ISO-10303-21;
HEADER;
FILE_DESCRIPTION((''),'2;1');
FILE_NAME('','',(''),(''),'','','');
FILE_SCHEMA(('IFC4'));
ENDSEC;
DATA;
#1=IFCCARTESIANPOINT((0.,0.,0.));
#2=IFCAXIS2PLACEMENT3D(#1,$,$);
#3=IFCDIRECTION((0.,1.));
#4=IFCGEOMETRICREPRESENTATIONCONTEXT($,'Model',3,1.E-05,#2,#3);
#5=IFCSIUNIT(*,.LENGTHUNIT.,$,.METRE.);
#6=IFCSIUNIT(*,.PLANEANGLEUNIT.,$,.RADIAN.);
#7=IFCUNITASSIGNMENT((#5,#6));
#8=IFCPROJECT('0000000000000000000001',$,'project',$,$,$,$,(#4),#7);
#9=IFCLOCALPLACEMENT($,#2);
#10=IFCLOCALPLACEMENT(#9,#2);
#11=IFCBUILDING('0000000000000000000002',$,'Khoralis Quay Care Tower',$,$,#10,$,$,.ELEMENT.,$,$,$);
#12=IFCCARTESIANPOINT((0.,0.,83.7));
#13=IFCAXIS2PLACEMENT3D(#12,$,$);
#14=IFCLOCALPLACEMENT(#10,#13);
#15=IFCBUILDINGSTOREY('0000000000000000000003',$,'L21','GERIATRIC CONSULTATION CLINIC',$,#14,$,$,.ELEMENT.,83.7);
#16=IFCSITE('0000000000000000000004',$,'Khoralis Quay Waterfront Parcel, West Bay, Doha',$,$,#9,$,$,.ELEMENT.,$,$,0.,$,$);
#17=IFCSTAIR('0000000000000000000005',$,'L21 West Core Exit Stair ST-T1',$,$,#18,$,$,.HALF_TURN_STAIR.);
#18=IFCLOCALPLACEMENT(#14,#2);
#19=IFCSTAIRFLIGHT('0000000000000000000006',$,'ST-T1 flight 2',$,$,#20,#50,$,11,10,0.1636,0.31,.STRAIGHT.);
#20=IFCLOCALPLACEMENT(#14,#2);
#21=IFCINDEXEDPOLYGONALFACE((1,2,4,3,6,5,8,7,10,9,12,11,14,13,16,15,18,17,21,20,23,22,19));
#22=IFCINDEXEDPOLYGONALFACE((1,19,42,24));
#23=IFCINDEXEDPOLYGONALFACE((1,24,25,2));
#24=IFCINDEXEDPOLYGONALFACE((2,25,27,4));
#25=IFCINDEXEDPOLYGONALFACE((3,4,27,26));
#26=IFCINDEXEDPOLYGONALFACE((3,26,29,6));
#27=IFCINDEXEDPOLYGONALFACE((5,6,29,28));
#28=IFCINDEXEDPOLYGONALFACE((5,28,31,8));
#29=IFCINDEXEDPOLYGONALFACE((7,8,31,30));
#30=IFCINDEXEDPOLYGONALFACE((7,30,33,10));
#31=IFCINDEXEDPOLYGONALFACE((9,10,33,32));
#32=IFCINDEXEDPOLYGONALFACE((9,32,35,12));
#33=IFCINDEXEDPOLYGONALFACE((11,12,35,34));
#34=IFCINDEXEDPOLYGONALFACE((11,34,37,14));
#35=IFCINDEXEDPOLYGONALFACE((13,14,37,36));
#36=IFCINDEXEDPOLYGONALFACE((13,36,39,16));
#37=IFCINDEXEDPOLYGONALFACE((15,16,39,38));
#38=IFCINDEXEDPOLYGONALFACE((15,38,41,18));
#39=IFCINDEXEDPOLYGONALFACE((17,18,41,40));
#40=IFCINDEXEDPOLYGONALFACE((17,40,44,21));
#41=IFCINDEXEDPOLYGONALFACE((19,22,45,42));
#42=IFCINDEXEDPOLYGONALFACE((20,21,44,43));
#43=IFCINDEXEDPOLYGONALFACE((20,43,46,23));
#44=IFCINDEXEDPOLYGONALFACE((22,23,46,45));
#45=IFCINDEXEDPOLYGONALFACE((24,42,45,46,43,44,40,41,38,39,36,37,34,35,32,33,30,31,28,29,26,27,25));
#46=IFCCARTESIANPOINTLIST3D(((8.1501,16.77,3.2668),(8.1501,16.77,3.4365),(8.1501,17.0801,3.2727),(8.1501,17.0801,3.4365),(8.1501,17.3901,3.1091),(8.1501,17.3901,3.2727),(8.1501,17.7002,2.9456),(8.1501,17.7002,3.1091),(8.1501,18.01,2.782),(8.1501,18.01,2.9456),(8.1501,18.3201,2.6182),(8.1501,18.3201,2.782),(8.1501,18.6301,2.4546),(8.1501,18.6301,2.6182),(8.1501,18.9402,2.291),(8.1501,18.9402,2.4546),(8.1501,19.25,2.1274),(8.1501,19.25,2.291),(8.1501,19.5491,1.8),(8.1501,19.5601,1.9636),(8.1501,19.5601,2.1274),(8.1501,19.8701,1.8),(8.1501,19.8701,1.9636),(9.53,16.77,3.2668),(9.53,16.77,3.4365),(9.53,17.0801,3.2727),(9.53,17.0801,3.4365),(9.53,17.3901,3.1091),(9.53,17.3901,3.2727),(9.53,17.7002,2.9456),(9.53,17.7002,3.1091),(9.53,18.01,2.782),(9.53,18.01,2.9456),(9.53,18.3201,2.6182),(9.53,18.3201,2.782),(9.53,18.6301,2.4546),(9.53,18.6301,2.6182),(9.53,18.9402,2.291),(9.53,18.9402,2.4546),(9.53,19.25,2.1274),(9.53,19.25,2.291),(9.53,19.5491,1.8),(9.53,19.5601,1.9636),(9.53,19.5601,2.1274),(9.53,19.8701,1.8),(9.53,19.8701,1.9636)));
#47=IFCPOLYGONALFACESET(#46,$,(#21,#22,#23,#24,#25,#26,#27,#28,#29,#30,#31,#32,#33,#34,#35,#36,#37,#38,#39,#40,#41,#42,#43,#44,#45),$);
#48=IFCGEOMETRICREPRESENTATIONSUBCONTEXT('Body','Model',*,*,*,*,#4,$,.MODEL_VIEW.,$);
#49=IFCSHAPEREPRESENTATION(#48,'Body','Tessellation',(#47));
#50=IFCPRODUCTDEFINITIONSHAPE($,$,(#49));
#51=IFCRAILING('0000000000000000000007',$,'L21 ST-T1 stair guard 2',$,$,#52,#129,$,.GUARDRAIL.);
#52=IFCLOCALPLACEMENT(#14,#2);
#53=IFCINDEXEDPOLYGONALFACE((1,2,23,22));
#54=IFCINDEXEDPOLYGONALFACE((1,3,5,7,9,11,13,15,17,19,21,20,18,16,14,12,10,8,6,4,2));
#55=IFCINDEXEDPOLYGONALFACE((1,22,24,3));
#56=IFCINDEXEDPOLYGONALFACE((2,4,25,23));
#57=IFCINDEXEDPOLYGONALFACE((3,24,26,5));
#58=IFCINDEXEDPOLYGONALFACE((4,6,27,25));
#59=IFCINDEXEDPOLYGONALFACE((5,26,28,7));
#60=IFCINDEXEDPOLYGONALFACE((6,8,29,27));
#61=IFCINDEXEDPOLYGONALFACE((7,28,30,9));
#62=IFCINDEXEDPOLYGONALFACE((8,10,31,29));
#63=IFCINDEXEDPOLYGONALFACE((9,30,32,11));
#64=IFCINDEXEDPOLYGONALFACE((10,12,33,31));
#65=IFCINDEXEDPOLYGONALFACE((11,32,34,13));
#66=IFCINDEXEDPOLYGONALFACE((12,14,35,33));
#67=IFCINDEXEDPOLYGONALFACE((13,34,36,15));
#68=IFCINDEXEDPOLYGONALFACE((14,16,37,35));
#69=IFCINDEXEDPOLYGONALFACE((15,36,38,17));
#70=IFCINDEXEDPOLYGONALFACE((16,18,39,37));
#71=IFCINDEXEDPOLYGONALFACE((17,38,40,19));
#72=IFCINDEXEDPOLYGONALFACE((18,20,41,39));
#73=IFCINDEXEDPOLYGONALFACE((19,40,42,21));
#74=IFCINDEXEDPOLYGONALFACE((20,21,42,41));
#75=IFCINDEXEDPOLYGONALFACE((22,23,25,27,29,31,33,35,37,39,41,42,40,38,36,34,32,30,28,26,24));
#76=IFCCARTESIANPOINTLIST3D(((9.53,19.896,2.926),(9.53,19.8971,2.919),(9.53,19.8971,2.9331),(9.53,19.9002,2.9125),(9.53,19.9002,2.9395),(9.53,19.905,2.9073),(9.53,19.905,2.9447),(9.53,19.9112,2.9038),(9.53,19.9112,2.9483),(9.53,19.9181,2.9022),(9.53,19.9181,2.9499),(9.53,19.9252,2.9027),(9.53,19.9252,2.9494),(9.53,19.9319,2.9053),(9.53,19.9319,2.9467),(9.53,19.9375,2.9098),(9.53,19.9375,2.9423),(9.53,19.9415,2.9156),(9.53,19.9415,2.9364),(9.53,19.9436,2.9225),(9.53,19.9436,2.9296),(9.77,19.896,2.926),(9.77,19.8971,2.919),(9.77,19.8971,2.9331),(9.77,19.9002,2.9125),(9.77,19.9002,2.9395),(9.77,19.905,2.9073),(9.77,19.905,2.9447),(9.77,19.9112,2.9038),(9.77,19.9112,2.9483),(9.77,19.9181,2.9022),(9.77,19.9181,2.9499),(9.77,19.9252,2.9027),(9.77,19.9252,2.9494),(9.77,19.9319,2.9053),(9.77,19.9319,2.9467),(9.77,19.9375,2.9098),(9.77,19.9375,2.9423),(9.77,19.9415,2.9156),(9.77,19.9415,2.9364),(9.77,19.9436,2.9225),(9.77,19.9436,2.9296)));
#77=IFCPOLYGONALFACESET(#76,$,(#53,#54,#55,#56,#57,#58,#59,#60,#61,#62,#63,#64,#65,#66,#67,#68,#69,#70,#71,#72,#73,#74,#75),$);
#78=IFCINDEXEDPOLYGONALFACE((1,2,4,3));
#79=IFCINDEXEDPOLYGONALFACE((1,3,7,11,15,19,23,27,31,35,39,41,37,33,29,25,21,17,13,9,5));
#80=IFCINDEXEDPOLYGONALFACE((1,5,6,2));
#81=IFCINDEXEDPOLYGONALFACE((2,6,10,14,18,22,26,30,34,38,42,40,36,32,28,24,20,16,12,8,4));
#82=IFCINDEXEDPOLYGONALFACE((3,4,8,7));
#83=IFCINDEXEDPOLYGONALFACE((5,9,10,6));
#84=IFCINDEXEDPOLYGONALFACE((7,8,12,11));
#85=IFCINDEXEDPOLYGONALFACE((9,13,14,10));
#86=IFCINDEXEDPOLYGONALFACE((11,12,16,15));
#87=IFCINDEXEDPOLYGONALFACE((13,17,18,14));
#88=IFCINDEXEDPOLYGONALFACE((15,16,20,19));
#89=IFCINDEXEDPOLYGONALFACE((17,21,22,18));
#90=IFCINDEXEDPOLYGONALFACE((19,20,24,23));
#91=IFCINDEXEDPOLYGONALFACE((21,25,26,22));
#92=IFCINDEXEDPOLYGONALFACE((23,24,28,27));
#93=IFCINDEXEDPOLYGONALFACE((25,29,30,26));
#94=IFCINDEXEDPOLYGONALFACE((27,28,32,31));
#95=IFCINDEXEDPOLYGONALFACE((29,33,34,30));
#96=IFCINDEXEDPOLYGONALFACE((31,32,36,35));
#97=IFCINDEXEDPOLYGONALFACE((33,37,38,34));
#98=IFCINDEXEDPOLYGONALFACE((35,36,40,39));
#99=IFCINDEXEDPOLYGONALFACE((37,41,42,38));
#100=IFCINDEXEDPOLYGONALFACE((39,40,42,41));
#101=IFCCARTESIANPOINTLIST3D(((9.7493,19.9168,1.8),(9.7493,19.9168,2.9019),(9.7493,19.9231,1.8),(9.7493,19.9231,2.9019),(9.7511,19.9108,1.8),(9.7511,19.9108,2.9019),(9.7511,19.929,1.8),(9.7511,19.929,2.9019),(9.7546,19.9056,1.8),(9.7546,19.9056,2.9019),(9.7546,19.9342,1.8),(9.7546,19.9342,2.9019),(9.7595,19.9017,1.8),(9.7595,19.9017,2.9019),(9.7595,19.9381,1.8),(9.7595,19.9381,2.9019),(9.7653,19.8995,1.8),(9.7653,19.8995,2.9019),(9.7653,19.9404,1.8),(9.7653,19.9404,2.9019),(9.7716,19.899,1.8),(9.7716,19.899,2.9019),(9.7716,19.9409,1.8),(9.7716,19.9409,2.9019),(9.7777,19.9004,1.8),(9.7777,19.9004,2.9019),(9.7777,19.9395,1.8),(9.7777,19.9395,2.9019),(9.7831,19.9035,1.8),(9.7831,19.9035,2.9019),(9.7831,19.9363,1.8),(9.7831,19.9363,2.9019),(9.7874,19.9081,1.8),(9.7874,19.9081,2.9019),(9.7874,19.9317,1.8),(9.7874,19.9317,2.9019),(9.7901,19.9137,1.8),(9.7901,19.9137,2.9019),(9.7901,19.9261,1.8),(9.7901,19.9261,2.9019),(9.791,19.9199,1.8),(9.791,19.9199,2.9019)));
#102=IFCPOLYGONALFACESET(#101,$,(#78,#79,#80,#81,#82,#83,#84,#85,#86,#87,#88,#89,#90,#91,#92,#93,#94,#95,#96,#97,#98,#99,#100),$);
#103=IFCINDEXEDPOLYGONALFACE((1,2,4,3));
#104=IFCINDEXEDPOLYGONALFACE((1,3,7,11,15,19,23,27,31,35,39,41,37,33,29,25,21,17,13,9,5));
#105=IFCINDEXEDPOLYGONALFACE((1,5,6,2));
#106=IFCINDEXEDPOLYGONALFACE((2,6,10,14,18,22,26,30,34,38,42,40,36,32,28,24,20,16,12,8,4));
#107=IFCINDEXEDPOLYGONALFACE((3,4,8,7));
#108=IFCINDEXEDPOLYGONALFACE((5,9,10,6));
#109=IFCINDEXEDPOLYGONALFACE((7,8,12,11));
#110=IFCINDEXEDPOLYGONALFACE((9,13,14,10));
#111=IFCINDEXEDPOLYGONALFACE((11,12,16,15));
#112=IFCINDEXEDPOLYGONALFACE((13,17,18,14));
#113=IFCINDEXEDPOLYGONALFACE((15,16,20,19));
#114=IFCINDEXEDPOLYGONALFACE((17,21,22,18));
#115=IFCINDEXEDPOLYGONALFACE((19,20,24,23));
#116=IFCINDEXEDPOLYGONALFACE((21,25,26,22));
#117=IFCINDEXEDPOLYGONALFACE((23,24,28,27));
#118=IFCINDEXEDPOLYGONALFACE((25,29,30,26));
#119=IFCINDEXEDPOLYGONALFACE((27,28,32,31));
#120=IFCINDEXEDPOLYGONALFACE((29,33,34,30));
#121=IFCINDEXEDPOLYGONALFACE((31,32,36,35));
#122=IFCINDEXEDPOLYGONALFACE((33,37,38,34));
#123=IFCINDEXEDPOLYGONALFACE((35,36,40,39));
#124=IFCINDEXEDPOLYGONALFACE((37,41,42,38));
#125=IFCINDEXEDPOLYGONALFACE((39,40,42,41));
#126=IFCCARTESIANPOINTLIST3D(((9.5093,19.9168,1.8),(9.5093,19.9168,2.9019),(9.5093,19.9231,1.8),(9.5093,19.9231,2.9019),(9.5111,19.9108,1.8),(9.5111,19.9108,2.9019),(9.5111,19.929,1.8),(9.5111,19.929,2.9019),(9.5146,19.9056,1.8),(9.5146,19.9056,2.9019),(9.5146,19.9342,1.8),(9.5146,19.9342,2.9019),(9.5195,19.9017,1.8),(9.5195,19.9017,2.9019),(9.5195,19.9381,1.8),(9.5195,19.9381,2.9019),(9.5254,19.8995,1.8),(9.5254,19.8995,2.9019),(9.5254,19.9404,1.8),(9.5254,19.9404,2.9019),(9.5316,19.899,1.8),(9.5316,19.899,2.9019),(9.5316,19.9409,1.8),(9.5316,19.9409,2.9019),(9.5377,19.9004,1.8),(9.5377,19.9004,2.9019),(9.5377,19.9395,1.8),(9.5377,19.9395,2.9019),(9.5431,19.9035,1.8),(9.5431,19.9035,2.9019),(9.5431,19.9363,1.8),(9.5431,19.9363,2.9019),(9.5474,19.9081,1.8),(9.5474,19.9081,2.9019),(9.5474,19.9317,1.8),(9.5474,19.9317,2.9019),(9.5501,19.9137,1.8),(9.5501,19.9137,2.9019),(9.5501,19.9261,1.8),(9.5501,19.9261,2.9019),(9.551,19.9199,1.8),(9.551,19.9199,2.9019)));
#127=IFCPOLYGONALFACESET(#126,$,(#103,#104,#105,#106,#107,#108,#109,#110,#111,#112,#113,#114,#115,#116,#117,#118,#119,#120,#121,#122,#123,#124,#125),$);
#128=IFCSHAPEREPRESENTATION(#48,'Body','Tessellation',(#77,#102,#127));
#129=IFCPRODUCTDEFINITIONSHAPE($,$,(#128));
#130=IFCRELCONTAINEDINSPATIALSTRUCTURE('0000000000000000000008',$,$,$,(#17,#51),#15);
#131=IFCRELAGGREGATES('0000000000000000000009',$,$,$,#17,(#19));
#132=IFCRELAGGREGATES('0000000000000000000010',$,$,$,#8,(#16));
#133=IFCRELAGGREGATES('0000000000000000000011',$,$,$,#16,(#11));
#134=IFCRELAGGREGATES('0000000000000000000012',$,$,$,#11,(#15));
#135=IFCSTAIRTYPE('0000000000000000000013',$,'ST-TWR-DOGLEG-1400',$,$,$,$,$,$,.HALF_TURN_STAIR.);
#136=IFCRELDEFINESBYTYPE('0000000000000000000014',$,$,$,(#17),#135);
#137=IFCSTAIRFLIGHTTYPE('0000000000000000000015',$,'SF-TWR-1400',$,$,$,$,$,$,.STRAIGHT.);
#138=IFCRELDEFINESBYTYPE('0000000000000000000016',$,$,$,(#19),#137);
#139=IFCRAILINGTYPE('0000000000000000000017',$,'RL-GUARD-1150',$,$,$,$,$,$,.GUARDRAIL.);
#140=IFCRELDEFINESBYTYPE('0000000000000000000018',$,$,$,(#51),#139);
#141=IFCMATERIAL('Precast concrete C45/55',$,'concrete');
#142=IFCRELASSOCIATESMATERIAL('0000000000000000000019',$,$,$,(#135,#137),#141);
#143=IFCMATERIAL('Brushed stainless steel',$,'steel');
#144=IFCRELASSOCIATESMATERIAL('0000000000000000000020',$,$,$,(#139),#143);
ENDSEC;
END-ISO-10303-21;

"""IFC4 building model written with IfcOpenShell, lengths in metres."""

from ifc_helpers import new_model, si_unit, direction, frame, origin, origin_2d, place, context, subcontext, project, spatial, polyline, circle, outline, extrude, source, transform, mapped, material, type_object, element, aggregate, save


model = new_model("IFC4")

# Units and contexts
model_context = context("Model", 3, precision=1e-05, world=origin(), true_north=direction((0.0, 1.0)))
body_context = subcontext(model_context, "Body", "Model", "MODEL_VIEW")
ifc_project = project(units=[si_unit("LENGTHUNIT", "METRE"), si_unit("PLANEANGLEUNIT", "RADIAN")], contexts=[model_context])

# Site, building, storey
site_placement = place(None, origin())
site = spatial("IfcSite", under=ifc_project, at=site_placement, Name="Khoralis Quay Waterfront Parcel, West Bay, Doha", CompositionType="ELEMENT", RefElevation=0.0)
building_placement = place(site_placement, origin())
building = spatial("IfcBuilding", under=site, at=building_placement, Name="Khoralis Quay Care Tower", CompositionType="ELEMENT")
storey_placement = place(building_placement, frame((0.0, 0.0, 83.7)))
storey = spatial("IfcBuildingStorey", under=building, at=storey_placement, Name="L21", Description="GERIATRIC CONSULTATION CLINIC", CompositionType="ELEMENT", Elevation=83.7)

# Shared definitions
ifc_material_1 = material(Name="Brushed stainless steel", Category="steel")

# Stair, stair flight
ifc_material_2 = material(Name="Precast concrete C45/55", Category="concrete")
stair_type = type_object("IfcStairType", Name="ST-TWR-DOGLEG-1400", PredefinedType="HALF_TURN_STAIR", material=ifc_material_2)
stair_placement = place(storey_placement, origin())
stair = element("IfcStair", 1, at=stair_placement, inside=storey, type_object=stair_type, Name="L21 West Core Exit Stair ST-T1", PredefinedType="HALF_TURN_STAIR")
stair_flight_type = type_object("IfcStairFlightType", Name="SF-TWR-1400", PredefinedType="STRAIGHT", material=ifc_material_2)
shared_shape_1 = source(origin(), body_context, "Body", "SweptSolid", [
    extrude(outline(polyline([(0.0, 0.0), (0.0, 0.1636), (0.3101, 0.1636), (0.3101, 0.3274), (0.6201, 0.3274), (0.6201, 0.491), (0.9299, 0.491), (0.9299, 0.6545), (1.24, 0.6545), (1.24, 0.8181), (1.55, 0.8181), (1.55, 0.9819), (1.8601, 0.9819), (1.8601, 1.1455), (2.1699, 1.1455), (2.1699, 1.3091), (2.48, 1.3091), (2.48, 1.4727), (2.79, 1.4727), (2.79, 1.6365), (3.1001, 1.6365), (3.1001, 1.8), (3.1001, 1.4668), (0.321, 0.0), (0.0, 0.0)])), frame((0.0, 0.6899, 0.0), z_axis=(0.0, -1.0, 0.0), x_axis=(1.0, 0.0, 0.0)), (0.0, 0.0, 1.0), 1.3799),
])
stair_flight_placement = place(storey_placement, frame((8.8401, 19.8701, 1.8), z_axis=(0.0, 0.0, 1.0), x_axis=(0.0, -1.0, 0.0)))
stair_flight = element("IfcStairFlight", 2, at=stair_flight_placement, type_object=stair_flight_type, Name="ST-T1 flight 2", NumberOfRisers=11, NumberOfTreads=10, PredefinedType="STRAIGHT", RiserHeight=0.1636, TreadLength=0.31, context=body_context, shape_type="MappedRepresentation", body=[
    mapped(shared_shape_1, transform((0.0, 0.0, 0.0), scale=1.0)),
])
aggregate(stair, [stair_flight])

# Railing
railing_type_1 = type_object("IfcRailingType", Name="RL-GUARD-1150", PredefinedType="GUARDRAIL", material=ifc_material_1)
railing_1_placement = place(storey_placement, frame((9.77, 19.9199, 1.8)))
element("IfcRailing", 3, at=railing_1_placement, inside=storey, type_object=railing_type_1, Name="L21 ST-T1 stair guard 2", PredefinedType="GUARDRAIL", context=body_context, shape_type="SweptSolid", body=[
    extrude(circle(Radius=0.0239, at=origin_2d()), frame((0.0, 0.0, 1.126), z_axis=(-1.0, 0.0, 0.0), x_axis=(0.0, -1.0, 0.0)), (0.0, 0.0, 1.0), 0.24),
    extrude(circle(Radius=0.021, at=origin_2d()), origin(), (0.0, 0.0, 1.0), 1.1018),
    extrude(circle(Radius=0.021, at=origin_2d()), frame((-0.24, 0.0, 0.0)), (0.0, 0.0, 1.0), 1.1018),
])

save(model, "model.ifc")
